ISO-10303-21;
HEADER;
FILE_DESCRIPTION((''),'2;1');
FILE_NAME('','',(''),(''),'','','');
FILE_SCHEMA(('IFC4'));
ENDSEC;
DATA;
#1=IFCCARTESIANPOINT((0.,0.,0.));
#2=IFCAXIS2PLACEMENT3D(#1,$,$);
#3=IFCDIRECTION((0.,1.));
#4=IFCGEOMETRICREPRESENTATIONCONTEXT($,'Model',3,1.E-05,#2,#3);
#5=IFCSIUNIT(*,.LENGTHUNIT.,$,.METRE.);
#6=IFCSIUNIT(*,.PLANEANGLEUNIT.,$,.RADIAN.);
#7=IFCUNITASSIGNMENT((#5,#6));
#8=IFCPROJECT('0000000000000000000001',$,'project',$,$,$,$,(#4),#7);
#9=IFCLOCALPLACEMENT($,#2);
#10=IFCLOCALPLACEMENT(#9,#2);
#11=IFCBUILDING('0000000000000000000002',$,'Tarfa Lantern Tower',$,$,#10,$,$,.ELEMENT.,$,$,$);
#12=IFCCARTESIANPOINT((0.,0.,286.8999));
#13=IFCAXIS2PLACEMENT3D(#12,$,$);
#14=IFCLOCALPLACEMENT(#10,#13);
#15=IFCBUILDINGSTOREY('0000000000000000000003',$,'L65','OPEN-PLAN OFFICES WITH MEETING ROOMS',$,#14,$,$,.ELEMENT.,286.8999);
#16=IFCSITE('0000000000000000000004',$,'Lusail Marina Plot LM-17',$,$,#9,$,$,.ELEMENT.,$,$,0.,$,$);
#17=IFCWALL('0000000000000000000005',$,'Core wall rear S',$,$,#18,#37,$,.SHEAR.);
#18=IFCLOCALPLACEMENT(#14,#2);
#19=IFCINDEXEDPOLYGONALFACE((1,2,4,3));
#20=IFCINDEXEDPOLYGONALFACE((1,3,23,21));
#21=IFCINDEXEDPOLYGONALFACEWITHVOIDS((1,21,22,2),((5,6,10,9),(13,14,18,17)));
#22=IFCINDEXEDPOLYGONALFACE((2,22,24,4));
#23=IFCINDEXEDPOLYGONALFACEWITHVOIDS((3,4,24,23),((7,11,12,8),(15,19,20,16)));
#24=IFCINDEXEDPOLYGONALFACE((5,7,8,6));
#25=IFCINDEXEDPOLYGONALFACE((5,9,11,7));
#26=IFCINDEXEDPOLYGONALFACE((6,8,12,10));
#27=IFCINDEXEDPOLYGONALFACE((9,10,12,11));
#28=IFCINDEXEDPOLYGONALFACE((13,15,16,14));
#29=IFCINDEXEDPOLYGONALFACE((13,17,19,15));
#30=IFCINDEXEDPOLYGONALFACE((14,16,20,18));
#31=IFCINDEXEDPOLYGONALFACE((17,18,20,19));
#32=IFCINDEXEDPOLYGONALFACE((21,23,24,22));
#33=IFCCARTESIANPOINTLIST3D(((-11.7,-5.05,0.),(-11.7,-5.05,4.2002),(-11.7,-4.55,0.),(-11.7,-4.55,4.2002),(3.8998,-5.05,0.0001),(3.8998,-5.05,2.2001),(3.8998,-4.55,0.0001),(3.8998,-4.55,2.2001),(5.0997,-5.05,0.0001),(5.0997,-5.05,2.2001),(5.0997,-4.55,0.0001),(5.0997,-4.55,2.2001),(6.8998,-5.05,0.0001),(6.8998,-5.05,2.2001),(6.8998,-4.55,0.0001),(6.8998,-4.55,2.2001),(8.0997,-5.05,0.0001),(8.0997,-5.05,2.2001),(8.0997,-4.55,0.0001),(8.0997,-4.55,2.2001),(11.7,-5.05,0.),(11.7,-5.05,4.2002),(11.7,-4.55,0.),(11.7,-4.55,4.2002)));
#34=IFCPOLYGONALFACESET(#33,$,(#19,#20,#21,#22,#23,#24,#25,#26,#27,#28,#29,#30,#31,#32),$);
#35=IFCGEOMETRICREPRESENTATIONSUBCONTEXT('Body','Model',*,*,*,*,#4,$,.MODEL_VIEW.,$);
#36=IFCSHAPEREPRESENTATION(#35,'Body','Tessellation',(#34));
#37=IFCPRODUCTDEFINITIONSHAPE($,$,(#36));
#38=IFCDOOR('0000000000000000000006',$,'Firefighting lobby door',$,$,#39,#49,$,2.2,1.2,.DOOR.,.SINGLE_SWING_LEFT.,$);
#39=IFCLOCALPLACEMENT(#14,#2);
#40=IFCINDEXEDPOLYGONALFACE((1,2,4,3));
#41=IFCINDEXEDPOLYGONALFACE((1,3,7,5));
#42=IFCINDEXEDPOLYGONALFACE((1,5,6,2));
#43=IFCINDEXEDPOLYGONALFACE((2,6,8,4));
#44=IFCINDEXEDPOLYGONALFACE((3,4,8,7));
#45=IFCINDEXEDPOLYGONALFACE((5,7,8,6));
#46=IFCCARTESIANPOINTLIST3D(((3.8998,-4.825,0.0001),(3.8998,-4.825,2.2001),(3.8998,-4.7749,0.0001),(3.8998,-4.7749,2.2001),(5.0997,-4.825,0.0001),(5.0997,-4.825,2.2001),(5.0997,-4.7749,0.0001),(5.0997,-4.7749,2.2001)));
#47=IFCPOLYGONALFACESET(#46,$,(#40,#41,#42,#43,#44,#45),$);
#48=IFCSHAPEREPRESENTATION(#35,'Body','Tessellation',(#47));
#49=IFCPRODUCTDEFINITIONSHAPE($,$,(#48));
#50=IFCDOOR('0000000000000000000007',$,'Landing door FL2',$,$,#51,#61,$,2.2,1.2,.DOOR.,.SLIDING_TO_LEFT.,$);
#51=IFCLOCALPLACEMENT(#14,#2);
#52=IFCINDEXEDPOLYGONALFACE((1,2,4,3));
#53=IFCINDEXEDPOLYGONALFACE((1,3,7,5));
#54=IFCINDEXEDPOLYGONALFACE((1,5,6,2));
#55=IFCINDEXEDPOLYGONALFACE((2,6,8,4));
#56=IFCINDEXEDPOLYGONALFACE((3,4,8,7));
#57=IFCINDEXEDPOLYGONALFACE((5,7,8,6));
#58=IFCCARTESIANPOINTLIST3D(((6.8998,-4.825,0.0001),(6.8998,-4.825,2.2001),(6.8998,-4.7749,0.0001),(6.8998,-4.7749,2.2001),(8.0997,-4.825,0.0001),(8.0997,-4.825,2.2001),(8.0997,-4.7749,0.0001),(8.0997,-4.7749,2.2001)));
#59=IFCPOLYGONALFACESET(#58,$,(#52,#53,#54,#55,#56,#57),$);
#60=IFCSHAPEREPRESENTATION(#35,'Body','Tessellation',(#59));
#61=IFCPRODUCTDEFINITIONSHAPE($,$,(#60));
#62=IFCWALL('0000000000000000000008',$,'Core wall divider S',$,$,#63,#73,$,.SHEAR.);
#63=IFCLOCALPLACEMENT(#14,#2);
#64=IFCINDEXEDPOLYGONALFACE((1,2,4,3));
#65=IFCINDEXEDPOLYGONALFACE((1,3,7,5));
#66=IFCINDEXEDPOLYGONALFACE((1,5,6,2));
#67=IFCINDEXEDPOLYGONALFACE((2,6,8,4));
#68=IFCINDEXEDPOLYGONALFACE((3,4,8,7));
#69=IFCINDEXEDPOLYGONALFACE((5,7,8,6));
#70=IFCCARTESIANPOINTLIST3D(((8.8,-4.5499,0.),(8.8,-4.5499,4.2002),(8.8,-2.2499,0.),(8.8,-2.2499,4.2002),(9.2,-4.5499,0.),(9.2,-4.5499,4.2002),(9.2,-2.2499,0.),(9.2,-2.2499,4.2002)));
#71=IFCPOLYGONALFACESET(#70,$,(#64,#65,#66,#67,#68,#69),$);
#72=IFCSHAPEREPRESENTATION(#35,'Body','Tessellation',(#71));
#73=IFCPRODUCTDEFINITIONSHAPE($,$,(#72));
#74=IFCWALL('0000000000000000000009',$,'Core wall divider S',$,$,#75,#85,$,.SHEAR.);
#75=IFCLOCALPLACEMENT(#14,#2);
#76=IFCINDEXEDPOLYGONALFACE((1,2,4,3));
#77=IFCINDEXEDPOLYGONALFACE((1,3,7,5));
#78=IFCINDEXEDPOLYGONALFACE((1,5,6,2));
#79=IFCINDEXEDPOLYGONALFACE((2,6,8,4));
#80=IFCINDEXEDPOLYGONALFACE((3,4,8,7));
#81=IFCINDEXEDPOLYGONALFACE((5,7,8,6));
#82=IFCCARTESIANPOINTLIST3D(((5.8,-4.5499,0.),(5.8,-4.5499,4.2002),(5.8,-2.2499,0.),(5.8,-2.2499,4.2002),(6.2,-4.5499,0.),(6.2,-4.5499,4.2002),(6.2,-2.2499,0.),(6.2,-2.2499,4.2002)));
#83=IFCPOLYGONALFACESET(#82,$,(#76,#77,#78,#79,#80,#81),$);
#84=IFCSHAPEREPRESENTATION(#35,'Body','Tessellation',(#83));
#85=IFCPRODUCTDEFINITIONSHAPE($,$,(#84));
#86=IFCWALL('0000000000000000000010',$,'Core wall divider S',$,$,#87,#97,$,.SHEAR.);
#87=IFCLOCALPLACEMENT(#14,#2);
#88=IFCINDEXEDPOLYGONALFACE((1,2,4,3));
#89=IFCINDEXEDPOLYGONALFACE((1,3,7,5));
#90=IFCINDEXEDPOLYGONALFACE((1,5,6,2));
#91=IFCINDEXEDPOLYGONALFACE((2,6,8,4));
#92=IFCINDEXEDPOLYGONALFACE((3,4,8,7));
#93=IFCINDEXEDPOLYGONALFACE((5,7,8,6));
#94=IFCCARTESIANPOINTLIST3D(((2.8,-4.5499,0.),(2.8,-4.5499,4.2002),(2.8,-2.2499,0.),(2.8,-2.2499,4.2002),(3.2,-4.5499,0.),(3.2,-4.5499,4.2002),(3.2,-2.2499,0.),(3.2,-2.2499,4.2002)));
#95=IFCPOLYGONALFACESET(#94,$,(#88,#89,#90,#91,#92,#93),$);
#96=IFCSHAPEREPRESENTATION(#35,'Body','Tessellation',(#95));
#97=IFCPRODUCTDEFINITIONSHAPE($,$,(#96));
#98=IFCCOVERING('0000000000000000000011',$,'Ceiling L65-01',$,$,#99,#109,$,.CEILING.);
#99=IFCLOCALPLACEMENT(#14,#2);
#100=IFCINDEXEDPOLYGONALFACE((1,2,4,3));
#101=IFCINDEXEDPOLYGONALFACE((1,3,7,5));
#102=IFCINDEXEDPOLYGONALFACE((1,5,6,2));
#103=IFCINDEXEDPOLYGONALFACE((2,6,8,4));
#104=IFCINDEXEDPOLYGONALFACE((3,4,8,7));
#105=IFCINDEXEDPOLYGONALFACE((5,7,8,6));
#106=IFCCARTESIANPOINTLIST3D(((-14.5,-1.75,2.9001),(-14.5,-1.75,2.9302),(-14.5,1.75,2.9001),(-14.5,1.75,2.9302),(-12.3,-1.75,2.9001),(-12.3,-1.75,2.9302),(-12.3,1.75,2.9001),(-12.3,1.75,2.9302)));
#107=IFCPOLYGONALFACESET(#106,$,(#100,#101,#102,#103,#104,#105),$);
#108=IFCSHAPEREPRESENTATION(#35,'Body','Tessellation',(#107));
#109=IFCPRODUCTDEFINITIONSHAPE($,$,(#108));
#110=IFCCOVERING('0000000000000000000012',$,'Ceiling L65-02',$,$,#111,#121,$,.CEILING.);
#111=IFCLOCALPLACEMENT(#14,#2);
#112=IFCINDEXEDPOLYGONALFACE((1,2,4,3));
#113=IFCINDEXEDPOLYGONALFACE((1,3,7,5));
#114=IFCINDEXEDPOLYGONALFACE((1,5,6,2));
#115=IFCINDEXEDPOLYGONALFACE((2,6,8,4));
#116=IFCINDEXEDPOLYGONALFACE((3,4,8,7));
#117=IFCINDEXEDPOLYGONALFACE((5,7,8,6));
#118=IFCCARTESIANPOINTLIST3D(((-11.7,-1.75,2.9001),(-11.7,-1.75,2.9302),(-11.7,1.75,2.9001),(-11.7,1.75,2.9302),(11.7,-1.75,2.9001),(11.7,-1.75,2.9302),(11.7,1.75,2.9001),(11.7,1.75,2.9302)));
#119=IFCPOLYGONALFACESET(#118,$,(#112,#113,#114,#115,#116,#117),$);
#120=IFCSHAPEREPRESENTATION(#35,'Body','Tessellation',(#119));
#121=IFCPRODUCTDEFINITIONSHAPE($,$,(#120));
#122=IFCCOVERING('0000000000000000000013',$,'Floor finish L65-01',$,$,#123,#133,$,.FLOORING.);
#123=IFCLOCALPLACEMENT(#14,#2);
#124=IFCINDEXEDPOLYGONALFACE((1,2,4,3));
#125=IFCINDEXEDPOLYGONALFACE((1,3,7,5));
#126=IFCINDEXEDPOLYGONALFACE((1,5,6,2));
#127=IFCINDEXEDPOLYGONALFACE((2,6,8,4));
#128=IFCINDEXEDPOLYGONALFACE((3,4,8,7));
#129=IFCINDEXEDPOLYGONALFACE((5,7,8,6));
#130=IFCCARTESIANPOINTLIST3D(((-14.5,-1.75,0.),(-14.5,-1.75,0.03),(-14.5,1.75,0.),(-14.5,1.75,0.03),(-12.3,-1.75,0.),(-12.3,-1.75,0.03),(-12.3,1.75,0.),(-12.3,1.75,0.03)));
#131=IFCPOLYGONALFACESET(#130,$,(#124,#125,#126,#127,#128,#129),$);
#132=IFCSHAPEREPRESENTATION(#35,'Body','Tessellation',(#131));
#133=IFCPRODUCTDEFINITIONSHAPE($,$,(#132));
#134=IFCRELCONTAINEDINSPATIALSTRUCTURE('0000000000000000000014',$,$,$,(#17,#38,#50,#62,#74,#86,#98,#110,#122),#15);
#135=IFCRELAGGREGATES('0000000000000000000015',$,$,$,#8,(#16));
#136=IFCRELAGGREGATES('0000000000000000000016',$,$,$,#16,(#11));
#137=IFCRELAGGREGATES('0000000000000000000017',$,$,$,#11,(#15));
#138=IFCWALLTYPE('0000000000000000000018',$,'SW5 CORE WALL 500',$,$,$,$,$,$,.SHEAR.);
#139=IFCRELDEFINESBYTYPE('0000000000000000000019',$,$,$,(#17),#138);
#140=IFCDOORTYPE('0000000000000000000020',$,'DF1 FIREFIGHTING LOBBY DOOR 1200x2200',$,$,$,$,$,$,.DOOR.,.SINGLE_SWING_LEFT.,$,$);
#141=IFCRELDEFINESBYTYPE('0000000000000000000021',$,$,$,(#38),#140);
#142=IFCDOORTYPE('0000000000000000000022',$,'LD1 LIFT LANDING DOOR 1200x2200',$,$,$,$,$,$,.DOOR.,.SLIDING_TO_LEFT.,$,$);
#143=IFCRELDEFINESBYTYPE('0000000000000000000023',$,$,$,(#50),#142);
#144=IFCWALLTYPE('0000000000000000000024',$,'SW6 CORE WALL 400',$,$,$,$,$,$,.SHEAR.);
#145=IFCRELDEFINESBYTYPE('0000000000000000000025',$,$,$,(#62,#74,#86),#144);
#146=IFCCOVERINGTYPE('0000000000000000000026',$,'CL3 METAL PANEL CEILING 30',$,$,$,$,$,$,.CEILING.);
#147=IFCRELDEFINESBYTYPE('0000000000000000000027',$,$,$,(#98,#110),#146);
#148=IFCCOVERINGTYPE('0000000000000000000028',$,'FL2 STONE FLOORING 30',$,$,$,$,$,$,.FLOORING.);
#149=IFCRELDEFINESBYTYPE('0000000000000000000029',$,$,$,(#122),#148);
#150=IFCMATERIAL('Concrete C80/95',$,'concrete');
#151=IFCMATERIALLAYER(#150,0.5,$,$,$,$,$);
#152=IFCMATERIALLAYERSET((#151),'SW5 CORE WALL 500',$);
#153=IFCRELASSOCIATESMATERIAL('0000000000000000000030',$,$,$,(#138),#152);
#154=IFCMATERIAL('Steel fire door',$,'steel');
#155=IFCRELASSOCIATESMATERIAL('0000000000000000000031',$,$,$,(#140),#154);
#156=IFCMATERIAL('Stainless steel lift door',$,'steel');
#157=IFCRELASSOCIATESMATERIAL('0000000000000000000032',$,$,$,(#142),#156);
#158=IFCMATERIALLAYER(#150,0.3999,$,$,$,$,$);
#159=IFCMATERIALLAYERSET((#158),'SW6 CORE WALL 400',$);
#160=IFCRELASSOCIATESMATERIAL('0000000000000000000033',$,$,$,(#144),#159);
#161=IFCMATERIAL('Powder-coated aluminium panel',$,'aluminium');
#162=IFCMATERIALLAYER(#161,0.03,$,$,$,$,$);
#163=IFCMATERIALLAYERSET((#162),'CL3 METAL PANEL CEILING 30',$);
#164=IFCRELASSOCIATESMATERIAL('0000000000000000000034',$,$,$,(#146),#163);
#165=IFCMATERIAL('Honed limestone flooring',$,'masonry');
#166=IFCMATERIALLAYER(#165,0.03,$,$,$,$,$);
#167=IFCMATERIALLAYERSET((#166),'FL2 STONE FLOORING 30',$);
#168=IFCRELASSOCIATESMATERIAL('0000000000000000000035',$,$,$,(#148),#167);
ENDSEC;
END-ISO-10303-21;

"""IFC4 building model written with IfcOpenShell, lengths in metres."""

from ifc_helpers import new_model, si_unit, direction, frame, frame_2d, origin, place, context, subcontext, project, spatial, polyline, rectangle, outline, extrude, material, layer, layer_set, type_object, element, fill, save


model = new_model("IFC4")

# Units and contexts
model_context = context("Model", 3, precision=1e-05, world=origin(), true_north=direction((0.0, 1.0)))
body_context = subcontext(model_context, "Body", "Model", "MODEL_VIEW")
ifc_project = project(units=[si_unit("LENGTHUNIT", "METRE"), si_unit("PLANEANGLEUNIT", "RADIAN")], contexts=[model_context])

# Site, building, storey
site_placement = place(None, origin())
site = spatial("IfcSite", under=ifc_project, at=site_placement, Name="Lusail Marina Plot LM-17", CompositionType="ELEMENT", RefElevation=0.0)
building_placement = place(site_placement, origin())
building = spatial("IfcBuilding", under=site, at=building_placement, Name="Tarfa Lantern Tower", CompositionType="ELEMENT")
storey_placement = place(building_placement, frame((0.0, 0.0, 286.8999)))
storey = spatial("IfcBuildingStorey", under=building, at=storey_placement, Name="L65", Description="OPEN-PLAN OFFICES WITH MEETING ROOMS", CompositionType="ELEMENT", Elevation=286.8999)

# Shared definitions
ifc_material_1 = material(Name="Concrete C80/95", Category="concrete")
ifc_layer_1 = layer(ifc_material_1, 0.5)
ifc_layer_set_1 = layer_set([ifc_layer_1], Name="SW5 CORE WALL 500")
wall_type_1 = type_object("IfcWallType", Name="SW5 CORE WALL 500", PredefinedType="SHEAR", material=ifc_layer_set_1)

# Wall, openings, doors
ifc_material_2 = material(Name="Stainless steel lift door", Category="steel")
wall_1_placement = place(storey_placement, frame((11.7, -4.8, 0.0), z_axis=(0.0, 0.0, 1.0), x_axis=(-1.0, 0.0, 0.0)))
wall_1 = element("IfcWall", 1, at=wall_1_placement, inside=storey, type_object=wall_type_1, Name="Core wall rear S", PredefinedType="SHEAR", context=body_context, shape_type="SweptSolid", body=[
    extrude(rectangle(XDim=23.3999, YDim=0.5, at=frame_2d((11.7, 0.0))), origin(), (0.0, 0.0, 1.0), 4.2002),
])
opening_1_placement = place(wall_1_placement, frame((6.6001, 0.0, 0.0)))
opening_1 = element("IfcOpeningElement", 2, at=opening_1_placement, cuts=wall_1, PredefinedType="OPENING", context=body_context, shape_type="SweptSolid", body=[
    extrude(rectangle(XDim=1.2, YDim=2.2, at=frame_2d((0.6001, 1.1001))), frame((0.0, 0.26, 0.0), z_axis=(0.0, -1.0, 0.0), x_axis=(1.0, 0.0, 0.0)), (0.0, 0.0, 1.0), 0.52),
])
opening_2_placement = place(wall_1_placement, frame((3.6001, 0.0, 0.0)))
opening_2 = element("IfcOpeningElement", 3, at=opening_2_placement, cuts=wall_1, PredefinedType="OPENING", context=body_context, shape_type="SweptSolid", body=[
    extrude(rectangle(XDim=1.2, YDim=2.2, at=frame_2d((0.6001, 1.1001))), frame((0.0, 0.26, 0.0), z_axis=(0.0, -1.0, 0.0), x_axis=(1.0, 0.0, 0.0)), (0.0, 0.0, 1.0), 0.52),
])
ifc_material_3 = material(Name="Steel fire door", Category="steel")
door_type_1 = type_object("IfcDoorType", Name="DF1 FIREFIGHTING LOBBY DOOR 1200x2200", OperationType="SINGLE_SWING_LEFT", PredefinedType="DOOR", material=ifc_material_3)
door_1_placement = place(opening_1_placement, origin())
door_1 = element("IfcDoor", 4, at=door_1_placement, inside=storey, type_object=door_type_1, Name="Firefighting lobby door", OperationType="SINGLE_SWING_LEFT", OverallHeight=2.2, OverallWidth=1.2, PredefinedType="DOOR", context=body_context, shape_type="SweptSolid", body=[
    extrude(rectangle(XDim=1.2, YDim=2.2, at=frame_2d((0.6001, 1.1001))), frame((0.0, 0.0249, 0.0), z_axis=(0.0, -1.0, 0.0), x_axis=(1.0, 0.0, 0.0)), (0.0, 0.0, 1.0), 0.05),
])
fill(opening_1, door_1)
door_type_2 = type_object("IfcDoorType", Name="LD1 LIFT LANDING DOOR 1200x2200", OperationType="SLIDING_TO_LEFT", PredefinedType="DOOR", material=ifc_material_2)
door_2_placement = place(opening_2_placement, origin())
door_2 = element("IfcDoor", 5, at=door_2_placement, inside=storey, type_object=door_type_2, Name="Landing door FL2", OperationType="SLIDING_TO_LEFT", OverallHeight=2.2, OverallWidth=1.2, PredefinedType="DOOR", context=body_context, shape_type="SweptSolid", body=[
    extrude(rectangle(XDim=1.2, YDim=2.2, at=frame_2d((0.6001, 1.1001))), frame((0.0, 0.0249, 0.0), z_axis=(0.0, -1.0, 0.0), x_axis=(1.0, 0.0, 0.0)), (0.0, 0.0, 1.0), 0.05),
])
fill(opening_2, door_2)

# Walls
ifc_layer_2 = layer(ifc_material_1, 0.3999)
ifc_layer_set_2 = layer_set([ifc_layer_2], Name="SW6 CORE WALL 400")
wall_type_2 = type_object("IfcWallType", Name="SW6 CORE WALL 400", PredefinedType="SHEAR", material=ifc_layer_set_2)
for number, where, z_axis, x_axis, name in (
    (6, (9.0, -2.25, 0.0), (0.0, 0.0, 1.0), (0.0, -1.0, 0.0), "Core wall divider S"),
    (7, (6.0, -2.25, 0.0), (0.0, 0.0, 1.0), (0.0, -1.0, 0.0), "Core wall divider S"),
    (8, (3.0, -2.25, 0.0), (0.0, 0.0, 1.0), (0.0, -1.0, 0.0), "Core wall divider S"),
):
    element("IfcWall", number, at=place(storey_placement, frame(where, z_axis=z_axis, x_axis=x_axis)), inside=storey, type_object=wall_type_2, Name=name, PredefinedType="SHEAR", context=body_context, shape_type="SweptSolid", body=[
        extrude(rectangle(XDim=2.3, YDim=0.3999, at=frame_2d((1.1499, 0.0))), origin(), (0.0, 0.0, 1.0), 4.2002),
    ])

# Coverings
ifc_material_4 = material(Name="Powder-coated aluminium panel", Category="aluminium")
ifc_layer_3 = layer(ifc_material_4, 0.03)
ifc_layer_set_3 = layer_set([ifc_layer_3], Name="CL3 METAL PANEL CEILING 30")
covering_type_1 = type_object("IfcCoveringType", Name="CL3 METAL PANEL CEILING 30", PredefinedType="CEILING", material=ifc_layer_set_3)
covering_1_placement = place(storey_placement, frame((0.0, 0.0, 2.9001)))
element("IfcCovering", 9, at=covering_1_placement, inside=storey, type_object=covering_type_1, Name="Ceiling L65-01", PredefinedType="CEILING", context=body_context, shape_type="SweptSolid", body=[
    extrude(outline(polyline([(-14.5, -1.75), (-12.3, -1.75), (-12.3, 1.75), (-14.5, 1.75), (-14.5, -1.75)])), origin(), (0.0, 0.0, 1.0), 0.03),
])
covering_2_placement = place(storey_placement, frame((0.0, 0.0, 2.9001)))
element("IfcCovering", 10, at=covering_2_placement, inside=storey, type_object=covering_type_1, Name="Ceiling L65-02", PredefinedType="CEILING", context=body_context, shape_type="SweptSolid", body=[
    extrude(outline(polyline([(-11.7, -1.75), (11.7, -1.75), (11.7, 1.75), (-11.7, 1.75), (-11.7, -1.75)])), origin(), (0.0, 0.0, 1.0), 0.03),
])
ifc_material_5 = material(Name="Honed limestone flooring", Category="masonry")
ifc_layer_4 = layer(ifc_material_5, 0.03)
ifc_layer_set_4 = layer_set([ifc_layer_4], Name="FL2 STONE FLOORING 30")
covering_type_2 = type_object("IfcCoveringType", Name="FL2 STONE FLOORING 30", PredefinedType="FLOORING", material=ifc_layer_set_4)
covering_3_placement = place(storey_placement, origin())
element("IfcCovering", 11, at=covering_3_placement, inside=storey, type_object=covering_type_2, Name="Floor finish L65-01", PredefinedType="FLOORING", context=body_context, shape_type="SweptSolid", body=[
    extrude(outline(polyline([(-14.5, -1.75), (-12.3, -1.75), (-12.3, 1.75), (-14.5, 1.75), (-14.5, -1.75)])), origin(), (0.0, 0.0, 1.0), 0.03),
])

save(model, "model.ifc")
